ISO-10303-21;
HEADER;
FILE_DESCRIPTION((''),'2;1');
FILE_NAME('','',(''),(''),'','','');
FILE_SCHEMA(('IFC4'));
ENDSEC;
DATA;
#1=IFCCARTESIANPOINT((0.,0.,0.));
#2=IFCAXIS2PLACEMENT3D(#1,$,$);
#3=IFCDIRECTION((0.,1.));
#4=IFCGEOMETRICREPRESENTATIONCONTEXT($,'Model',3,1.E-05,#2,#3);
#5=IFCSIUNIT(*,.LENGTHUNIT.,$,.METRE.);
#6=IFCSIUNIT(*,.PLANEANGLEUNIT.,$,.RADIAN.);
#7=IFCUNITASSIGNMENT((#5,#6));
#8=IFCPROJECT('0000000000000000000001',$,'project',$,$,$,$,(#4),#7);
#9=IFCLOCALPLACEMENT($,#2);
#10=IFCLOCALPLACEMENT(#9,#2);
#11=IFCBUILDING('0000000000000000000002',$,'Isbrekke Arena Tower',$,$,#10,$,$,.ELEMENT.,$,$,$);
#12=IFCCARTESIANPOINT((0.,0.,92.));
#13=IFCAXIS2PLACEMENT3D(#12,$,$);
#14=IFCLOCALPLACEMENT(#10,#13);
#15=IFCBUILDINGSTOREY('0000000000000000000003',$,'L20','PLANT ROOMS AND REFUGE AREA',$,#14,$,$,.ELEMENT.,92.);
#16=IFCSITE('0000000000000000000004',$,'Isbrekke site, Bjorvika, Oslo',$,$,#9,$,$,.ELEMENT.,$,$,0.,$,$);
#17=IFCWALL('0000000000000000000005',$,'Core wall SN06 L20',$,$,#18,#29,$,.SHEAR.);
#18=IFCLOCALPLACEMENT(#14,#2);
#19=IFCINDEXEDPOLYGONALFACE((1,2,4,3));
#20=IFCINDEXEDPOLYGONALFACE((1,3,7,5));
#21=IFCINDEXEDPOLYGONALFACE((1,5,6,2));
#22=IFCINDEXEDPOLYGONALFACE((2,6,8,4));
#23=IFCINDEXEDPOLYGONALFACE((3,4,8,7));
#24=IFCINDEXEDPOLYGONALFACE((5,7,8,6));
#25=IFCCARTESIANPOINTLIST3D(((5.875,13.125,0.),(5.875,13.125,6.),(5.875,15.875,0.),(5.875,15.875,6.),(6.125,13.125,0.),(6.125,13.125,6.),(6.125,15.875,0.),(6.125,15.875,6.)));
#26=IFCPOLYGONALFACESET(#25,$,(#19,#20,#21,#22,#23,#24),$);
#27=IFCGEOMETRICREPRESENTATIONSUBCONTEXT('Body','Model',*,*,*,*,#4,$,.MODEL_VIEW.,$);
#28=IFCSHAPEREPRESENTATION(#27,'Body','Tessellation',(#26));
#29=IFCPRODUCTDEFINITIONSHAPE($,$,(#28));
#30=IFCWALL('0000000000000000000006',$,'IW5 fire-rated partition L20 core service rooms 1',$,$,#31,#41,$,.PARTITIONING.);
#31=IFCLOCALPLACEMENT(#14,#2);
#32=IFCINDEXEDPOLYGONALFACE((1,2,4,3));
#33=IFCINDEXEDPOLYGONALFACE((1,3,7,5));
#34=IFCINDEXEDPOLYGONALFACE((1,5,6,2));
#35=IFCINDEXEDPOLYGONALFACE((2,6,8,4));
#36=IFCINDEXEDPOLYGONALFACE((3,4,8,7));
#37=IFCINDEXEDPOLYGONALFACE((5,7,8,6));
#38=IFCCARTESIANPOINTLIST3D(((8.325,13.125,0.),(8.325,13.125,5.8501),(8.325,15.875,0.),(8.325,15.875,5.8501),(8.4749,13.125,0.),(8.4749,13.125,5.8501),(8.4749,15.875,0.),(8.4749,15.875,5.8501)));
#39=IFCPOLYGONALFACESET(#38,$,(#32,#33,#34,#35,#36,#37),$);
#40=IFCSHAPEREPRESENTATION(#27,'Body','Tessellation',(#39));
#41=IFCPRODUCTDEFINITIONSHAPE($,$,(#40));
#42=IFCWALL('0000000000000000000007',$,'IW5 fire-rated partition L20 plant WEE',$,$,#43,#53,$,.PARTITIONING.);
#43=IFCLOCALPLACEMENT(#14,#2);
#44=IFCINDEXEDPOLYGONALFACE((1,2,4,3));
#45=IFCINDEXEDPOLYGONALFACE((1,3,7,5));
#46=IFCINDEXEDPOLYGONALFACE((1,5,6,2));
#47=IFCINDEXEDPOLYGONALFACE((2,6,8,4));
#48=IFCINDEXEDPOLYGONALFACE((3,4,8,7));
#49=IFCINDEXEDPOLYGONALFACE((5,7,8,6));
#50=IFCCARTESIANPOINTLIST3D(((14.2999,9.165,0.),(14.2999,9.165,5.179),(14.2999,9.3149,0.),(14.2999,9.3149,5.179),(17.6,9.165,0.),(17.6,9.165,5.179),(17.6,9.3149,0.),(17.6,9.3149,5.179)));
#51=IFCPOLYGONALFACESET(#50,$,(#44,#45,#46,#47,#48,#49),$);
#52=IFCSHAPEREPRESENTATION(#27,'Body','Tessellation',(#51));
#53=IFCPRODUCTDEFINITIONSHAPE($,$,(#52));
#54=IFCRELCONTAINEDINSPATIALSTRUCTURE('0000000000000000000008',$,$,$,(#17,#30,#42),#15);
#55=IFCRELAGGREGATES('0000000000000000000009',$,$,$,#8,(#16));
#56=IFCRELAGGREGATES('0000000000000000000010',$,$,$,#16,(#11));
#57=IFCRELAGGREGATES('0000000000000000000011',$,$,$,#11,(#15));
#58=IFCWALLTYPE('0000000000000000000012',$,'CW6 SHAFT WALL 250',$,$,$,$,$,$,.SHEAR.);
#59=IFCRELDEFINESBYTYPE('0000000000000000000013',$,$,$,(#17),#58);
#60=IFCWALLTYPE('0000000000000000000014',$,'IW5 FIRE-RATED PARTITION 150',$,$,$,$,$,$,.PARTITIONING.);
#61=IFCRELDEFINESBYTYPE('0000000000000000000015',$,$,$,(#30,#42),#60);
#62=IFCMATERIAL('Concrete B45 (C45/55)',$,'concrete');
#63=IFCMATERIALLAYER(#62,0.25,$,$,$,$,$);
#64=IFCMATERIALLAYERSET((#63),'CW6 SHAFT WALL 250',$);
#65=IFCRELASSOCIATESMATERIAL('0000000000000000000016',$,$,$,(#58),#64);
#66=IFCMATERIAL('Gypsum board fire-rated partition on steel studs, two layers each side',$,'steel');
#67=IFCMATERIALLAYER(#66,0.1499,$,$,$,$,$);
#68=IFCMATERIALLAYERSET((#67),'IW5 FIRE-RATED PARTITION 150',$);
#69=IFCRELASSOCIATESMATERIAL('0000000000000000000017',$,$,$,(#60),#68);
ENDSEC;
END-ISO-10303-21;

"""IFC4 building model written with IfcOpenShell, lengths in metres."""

from ifc_helpers import new_model, si_unit, direction, frame, frame_2d, origin, place, context, subcontext, project, spatial, rectangle, extrude, material, layer, layer_set, type_object, element, save


model = new_model("IFC4")

# Units and contexts
model_context = context("Model", 3, precision=1e-05, world=origin(), true_north=direction((0.0, 1.0)))
body_context = subcontext(model_context, "Body", "Model", "MODEL_VIEW")
ifc_project = project(units=[si_unit("LENGTHUNIT", "METRE"), si_unit("PLANEANGLEUNIT", "RADIAN")], contexts=[model_context])

# Site, building, storey
site_placement = place(None, origin())
site = spatial("IfcSite", under=ifc_project, at=site_placement, Name="Isbrekke site, Bjorvika, Oslo", CompositionType="ELEMENT", RefElevation=0.0)
building_placement = place(site_placement, origin())
building = spatial("IfcBuilding", under=site, at=building_placement, Name="Isbrekke Arena Tower", CompositionType="ELEMENT")
storey_placement = place(building_placement, frame((0.0, 0.0, 92.0)))
storey = spatial("IfcBuildingStorey", under=building, at=storey_placement, Name="L20", Description="PLANT ROOMS AND REFUGE AREA", CompositionType="ELEMENT", Elevation=92.0)

# Walls
ifc_material_1 = material(Name="Concrete B45 (C45/55)", Category="concrete")
ifc_layer_1 = layer(ifc_material_1, 0.25)
ifc_layer_set_1 = layer_set([ifc_layer_1], Name="CW6 SHAFT WALL 250")
wall_type_1 = type_object("IfcWallType", Name="CW6 SHAFT WALL 250", PredefinedType="SHEAR", material=ifc_layer_set_1)
for number, where, z_axis, x_axis, name in (
    (1, (6.0, 13.125, 0.0), (0.0, 0.0, 1.0), (0.0, 1.0, 0.0), "Core wall SN06 L20"),
):
    element("IfcWall", number, at=place(storey_placement, frame(where, z_axis=z_axis, x_axis=x_axis)), inside=storey, type_object=wall_type_1, Name=name, PredefinedType="SHEAR", context=body_context, shape_type="SweptSolid", body=[
        extrude(rectangle(XDim=2.75, YDim=0.25, at=frame_2d((1.375, 0.0))), origin(), (0.0, 0.0, 1.0), 6.0),
    ])
ifc_material_2 = material(Name="Gypsum board fire-rated partition on steel studs, two layers each side", Category="steel")
ifc_layer_2 = layer(ifc_material_2, 0.1499)
ifc_layer_set_2 = layer_set([ifc_layer_2], Name="IW5 FIRE-RATED PARTITION 150")
wall_type_2 = type_object("IfcWallType", Name="IW5 FIRE-RATED PARTITION 150", PredefinedType="PARTITIONING", material=ifc_layer_set_2)
wall_1_placement = place(storey_placement, frame((8.3999, 13.125, 0.0), z_axis=(0.0, 0.0, 1.0), x_axis=(0.0, 1.0, 0.0)))
element("IfcWall", 2, at=wall_1_placement, inside=storey, type_object=wall_type_2, Name="IW5 fire-rated partition L20 core service rooms 1", PredefinedType="PARTITIONING", context=body_context, shape_type="SweptSolid", body=[
    extrude(rectangle(XDim=2.75, YDim=0.1499, at=frame_2d((1.375, 0.0))), origin(), (0.0, 0.0, 1.0), 5.8501),
])
wall_2_placement = place(storey_placement, frame((14.3, 9.24, 0.0), z_axis=(0.0, 0.0, 1.0), x_axis=(1.0, 0.0, 0.0)))
element("IfcWall", 3, at=wall_2_placement, inside=storey, type_object=wall_type_2, Name="IW5 fire-rated partition L20 plant WEE", PredefinedType="PARTITIONING", context=body_context, shape_type="SweptSolid", body=[
    extrude(rectangle(XDim=3.3, YDim=0.1499, at=frame_2d((1.6499, 0.0))), origin(), (0.0, 0.0, 1.0), 5.179),
])

save(model, "model.ifc")
